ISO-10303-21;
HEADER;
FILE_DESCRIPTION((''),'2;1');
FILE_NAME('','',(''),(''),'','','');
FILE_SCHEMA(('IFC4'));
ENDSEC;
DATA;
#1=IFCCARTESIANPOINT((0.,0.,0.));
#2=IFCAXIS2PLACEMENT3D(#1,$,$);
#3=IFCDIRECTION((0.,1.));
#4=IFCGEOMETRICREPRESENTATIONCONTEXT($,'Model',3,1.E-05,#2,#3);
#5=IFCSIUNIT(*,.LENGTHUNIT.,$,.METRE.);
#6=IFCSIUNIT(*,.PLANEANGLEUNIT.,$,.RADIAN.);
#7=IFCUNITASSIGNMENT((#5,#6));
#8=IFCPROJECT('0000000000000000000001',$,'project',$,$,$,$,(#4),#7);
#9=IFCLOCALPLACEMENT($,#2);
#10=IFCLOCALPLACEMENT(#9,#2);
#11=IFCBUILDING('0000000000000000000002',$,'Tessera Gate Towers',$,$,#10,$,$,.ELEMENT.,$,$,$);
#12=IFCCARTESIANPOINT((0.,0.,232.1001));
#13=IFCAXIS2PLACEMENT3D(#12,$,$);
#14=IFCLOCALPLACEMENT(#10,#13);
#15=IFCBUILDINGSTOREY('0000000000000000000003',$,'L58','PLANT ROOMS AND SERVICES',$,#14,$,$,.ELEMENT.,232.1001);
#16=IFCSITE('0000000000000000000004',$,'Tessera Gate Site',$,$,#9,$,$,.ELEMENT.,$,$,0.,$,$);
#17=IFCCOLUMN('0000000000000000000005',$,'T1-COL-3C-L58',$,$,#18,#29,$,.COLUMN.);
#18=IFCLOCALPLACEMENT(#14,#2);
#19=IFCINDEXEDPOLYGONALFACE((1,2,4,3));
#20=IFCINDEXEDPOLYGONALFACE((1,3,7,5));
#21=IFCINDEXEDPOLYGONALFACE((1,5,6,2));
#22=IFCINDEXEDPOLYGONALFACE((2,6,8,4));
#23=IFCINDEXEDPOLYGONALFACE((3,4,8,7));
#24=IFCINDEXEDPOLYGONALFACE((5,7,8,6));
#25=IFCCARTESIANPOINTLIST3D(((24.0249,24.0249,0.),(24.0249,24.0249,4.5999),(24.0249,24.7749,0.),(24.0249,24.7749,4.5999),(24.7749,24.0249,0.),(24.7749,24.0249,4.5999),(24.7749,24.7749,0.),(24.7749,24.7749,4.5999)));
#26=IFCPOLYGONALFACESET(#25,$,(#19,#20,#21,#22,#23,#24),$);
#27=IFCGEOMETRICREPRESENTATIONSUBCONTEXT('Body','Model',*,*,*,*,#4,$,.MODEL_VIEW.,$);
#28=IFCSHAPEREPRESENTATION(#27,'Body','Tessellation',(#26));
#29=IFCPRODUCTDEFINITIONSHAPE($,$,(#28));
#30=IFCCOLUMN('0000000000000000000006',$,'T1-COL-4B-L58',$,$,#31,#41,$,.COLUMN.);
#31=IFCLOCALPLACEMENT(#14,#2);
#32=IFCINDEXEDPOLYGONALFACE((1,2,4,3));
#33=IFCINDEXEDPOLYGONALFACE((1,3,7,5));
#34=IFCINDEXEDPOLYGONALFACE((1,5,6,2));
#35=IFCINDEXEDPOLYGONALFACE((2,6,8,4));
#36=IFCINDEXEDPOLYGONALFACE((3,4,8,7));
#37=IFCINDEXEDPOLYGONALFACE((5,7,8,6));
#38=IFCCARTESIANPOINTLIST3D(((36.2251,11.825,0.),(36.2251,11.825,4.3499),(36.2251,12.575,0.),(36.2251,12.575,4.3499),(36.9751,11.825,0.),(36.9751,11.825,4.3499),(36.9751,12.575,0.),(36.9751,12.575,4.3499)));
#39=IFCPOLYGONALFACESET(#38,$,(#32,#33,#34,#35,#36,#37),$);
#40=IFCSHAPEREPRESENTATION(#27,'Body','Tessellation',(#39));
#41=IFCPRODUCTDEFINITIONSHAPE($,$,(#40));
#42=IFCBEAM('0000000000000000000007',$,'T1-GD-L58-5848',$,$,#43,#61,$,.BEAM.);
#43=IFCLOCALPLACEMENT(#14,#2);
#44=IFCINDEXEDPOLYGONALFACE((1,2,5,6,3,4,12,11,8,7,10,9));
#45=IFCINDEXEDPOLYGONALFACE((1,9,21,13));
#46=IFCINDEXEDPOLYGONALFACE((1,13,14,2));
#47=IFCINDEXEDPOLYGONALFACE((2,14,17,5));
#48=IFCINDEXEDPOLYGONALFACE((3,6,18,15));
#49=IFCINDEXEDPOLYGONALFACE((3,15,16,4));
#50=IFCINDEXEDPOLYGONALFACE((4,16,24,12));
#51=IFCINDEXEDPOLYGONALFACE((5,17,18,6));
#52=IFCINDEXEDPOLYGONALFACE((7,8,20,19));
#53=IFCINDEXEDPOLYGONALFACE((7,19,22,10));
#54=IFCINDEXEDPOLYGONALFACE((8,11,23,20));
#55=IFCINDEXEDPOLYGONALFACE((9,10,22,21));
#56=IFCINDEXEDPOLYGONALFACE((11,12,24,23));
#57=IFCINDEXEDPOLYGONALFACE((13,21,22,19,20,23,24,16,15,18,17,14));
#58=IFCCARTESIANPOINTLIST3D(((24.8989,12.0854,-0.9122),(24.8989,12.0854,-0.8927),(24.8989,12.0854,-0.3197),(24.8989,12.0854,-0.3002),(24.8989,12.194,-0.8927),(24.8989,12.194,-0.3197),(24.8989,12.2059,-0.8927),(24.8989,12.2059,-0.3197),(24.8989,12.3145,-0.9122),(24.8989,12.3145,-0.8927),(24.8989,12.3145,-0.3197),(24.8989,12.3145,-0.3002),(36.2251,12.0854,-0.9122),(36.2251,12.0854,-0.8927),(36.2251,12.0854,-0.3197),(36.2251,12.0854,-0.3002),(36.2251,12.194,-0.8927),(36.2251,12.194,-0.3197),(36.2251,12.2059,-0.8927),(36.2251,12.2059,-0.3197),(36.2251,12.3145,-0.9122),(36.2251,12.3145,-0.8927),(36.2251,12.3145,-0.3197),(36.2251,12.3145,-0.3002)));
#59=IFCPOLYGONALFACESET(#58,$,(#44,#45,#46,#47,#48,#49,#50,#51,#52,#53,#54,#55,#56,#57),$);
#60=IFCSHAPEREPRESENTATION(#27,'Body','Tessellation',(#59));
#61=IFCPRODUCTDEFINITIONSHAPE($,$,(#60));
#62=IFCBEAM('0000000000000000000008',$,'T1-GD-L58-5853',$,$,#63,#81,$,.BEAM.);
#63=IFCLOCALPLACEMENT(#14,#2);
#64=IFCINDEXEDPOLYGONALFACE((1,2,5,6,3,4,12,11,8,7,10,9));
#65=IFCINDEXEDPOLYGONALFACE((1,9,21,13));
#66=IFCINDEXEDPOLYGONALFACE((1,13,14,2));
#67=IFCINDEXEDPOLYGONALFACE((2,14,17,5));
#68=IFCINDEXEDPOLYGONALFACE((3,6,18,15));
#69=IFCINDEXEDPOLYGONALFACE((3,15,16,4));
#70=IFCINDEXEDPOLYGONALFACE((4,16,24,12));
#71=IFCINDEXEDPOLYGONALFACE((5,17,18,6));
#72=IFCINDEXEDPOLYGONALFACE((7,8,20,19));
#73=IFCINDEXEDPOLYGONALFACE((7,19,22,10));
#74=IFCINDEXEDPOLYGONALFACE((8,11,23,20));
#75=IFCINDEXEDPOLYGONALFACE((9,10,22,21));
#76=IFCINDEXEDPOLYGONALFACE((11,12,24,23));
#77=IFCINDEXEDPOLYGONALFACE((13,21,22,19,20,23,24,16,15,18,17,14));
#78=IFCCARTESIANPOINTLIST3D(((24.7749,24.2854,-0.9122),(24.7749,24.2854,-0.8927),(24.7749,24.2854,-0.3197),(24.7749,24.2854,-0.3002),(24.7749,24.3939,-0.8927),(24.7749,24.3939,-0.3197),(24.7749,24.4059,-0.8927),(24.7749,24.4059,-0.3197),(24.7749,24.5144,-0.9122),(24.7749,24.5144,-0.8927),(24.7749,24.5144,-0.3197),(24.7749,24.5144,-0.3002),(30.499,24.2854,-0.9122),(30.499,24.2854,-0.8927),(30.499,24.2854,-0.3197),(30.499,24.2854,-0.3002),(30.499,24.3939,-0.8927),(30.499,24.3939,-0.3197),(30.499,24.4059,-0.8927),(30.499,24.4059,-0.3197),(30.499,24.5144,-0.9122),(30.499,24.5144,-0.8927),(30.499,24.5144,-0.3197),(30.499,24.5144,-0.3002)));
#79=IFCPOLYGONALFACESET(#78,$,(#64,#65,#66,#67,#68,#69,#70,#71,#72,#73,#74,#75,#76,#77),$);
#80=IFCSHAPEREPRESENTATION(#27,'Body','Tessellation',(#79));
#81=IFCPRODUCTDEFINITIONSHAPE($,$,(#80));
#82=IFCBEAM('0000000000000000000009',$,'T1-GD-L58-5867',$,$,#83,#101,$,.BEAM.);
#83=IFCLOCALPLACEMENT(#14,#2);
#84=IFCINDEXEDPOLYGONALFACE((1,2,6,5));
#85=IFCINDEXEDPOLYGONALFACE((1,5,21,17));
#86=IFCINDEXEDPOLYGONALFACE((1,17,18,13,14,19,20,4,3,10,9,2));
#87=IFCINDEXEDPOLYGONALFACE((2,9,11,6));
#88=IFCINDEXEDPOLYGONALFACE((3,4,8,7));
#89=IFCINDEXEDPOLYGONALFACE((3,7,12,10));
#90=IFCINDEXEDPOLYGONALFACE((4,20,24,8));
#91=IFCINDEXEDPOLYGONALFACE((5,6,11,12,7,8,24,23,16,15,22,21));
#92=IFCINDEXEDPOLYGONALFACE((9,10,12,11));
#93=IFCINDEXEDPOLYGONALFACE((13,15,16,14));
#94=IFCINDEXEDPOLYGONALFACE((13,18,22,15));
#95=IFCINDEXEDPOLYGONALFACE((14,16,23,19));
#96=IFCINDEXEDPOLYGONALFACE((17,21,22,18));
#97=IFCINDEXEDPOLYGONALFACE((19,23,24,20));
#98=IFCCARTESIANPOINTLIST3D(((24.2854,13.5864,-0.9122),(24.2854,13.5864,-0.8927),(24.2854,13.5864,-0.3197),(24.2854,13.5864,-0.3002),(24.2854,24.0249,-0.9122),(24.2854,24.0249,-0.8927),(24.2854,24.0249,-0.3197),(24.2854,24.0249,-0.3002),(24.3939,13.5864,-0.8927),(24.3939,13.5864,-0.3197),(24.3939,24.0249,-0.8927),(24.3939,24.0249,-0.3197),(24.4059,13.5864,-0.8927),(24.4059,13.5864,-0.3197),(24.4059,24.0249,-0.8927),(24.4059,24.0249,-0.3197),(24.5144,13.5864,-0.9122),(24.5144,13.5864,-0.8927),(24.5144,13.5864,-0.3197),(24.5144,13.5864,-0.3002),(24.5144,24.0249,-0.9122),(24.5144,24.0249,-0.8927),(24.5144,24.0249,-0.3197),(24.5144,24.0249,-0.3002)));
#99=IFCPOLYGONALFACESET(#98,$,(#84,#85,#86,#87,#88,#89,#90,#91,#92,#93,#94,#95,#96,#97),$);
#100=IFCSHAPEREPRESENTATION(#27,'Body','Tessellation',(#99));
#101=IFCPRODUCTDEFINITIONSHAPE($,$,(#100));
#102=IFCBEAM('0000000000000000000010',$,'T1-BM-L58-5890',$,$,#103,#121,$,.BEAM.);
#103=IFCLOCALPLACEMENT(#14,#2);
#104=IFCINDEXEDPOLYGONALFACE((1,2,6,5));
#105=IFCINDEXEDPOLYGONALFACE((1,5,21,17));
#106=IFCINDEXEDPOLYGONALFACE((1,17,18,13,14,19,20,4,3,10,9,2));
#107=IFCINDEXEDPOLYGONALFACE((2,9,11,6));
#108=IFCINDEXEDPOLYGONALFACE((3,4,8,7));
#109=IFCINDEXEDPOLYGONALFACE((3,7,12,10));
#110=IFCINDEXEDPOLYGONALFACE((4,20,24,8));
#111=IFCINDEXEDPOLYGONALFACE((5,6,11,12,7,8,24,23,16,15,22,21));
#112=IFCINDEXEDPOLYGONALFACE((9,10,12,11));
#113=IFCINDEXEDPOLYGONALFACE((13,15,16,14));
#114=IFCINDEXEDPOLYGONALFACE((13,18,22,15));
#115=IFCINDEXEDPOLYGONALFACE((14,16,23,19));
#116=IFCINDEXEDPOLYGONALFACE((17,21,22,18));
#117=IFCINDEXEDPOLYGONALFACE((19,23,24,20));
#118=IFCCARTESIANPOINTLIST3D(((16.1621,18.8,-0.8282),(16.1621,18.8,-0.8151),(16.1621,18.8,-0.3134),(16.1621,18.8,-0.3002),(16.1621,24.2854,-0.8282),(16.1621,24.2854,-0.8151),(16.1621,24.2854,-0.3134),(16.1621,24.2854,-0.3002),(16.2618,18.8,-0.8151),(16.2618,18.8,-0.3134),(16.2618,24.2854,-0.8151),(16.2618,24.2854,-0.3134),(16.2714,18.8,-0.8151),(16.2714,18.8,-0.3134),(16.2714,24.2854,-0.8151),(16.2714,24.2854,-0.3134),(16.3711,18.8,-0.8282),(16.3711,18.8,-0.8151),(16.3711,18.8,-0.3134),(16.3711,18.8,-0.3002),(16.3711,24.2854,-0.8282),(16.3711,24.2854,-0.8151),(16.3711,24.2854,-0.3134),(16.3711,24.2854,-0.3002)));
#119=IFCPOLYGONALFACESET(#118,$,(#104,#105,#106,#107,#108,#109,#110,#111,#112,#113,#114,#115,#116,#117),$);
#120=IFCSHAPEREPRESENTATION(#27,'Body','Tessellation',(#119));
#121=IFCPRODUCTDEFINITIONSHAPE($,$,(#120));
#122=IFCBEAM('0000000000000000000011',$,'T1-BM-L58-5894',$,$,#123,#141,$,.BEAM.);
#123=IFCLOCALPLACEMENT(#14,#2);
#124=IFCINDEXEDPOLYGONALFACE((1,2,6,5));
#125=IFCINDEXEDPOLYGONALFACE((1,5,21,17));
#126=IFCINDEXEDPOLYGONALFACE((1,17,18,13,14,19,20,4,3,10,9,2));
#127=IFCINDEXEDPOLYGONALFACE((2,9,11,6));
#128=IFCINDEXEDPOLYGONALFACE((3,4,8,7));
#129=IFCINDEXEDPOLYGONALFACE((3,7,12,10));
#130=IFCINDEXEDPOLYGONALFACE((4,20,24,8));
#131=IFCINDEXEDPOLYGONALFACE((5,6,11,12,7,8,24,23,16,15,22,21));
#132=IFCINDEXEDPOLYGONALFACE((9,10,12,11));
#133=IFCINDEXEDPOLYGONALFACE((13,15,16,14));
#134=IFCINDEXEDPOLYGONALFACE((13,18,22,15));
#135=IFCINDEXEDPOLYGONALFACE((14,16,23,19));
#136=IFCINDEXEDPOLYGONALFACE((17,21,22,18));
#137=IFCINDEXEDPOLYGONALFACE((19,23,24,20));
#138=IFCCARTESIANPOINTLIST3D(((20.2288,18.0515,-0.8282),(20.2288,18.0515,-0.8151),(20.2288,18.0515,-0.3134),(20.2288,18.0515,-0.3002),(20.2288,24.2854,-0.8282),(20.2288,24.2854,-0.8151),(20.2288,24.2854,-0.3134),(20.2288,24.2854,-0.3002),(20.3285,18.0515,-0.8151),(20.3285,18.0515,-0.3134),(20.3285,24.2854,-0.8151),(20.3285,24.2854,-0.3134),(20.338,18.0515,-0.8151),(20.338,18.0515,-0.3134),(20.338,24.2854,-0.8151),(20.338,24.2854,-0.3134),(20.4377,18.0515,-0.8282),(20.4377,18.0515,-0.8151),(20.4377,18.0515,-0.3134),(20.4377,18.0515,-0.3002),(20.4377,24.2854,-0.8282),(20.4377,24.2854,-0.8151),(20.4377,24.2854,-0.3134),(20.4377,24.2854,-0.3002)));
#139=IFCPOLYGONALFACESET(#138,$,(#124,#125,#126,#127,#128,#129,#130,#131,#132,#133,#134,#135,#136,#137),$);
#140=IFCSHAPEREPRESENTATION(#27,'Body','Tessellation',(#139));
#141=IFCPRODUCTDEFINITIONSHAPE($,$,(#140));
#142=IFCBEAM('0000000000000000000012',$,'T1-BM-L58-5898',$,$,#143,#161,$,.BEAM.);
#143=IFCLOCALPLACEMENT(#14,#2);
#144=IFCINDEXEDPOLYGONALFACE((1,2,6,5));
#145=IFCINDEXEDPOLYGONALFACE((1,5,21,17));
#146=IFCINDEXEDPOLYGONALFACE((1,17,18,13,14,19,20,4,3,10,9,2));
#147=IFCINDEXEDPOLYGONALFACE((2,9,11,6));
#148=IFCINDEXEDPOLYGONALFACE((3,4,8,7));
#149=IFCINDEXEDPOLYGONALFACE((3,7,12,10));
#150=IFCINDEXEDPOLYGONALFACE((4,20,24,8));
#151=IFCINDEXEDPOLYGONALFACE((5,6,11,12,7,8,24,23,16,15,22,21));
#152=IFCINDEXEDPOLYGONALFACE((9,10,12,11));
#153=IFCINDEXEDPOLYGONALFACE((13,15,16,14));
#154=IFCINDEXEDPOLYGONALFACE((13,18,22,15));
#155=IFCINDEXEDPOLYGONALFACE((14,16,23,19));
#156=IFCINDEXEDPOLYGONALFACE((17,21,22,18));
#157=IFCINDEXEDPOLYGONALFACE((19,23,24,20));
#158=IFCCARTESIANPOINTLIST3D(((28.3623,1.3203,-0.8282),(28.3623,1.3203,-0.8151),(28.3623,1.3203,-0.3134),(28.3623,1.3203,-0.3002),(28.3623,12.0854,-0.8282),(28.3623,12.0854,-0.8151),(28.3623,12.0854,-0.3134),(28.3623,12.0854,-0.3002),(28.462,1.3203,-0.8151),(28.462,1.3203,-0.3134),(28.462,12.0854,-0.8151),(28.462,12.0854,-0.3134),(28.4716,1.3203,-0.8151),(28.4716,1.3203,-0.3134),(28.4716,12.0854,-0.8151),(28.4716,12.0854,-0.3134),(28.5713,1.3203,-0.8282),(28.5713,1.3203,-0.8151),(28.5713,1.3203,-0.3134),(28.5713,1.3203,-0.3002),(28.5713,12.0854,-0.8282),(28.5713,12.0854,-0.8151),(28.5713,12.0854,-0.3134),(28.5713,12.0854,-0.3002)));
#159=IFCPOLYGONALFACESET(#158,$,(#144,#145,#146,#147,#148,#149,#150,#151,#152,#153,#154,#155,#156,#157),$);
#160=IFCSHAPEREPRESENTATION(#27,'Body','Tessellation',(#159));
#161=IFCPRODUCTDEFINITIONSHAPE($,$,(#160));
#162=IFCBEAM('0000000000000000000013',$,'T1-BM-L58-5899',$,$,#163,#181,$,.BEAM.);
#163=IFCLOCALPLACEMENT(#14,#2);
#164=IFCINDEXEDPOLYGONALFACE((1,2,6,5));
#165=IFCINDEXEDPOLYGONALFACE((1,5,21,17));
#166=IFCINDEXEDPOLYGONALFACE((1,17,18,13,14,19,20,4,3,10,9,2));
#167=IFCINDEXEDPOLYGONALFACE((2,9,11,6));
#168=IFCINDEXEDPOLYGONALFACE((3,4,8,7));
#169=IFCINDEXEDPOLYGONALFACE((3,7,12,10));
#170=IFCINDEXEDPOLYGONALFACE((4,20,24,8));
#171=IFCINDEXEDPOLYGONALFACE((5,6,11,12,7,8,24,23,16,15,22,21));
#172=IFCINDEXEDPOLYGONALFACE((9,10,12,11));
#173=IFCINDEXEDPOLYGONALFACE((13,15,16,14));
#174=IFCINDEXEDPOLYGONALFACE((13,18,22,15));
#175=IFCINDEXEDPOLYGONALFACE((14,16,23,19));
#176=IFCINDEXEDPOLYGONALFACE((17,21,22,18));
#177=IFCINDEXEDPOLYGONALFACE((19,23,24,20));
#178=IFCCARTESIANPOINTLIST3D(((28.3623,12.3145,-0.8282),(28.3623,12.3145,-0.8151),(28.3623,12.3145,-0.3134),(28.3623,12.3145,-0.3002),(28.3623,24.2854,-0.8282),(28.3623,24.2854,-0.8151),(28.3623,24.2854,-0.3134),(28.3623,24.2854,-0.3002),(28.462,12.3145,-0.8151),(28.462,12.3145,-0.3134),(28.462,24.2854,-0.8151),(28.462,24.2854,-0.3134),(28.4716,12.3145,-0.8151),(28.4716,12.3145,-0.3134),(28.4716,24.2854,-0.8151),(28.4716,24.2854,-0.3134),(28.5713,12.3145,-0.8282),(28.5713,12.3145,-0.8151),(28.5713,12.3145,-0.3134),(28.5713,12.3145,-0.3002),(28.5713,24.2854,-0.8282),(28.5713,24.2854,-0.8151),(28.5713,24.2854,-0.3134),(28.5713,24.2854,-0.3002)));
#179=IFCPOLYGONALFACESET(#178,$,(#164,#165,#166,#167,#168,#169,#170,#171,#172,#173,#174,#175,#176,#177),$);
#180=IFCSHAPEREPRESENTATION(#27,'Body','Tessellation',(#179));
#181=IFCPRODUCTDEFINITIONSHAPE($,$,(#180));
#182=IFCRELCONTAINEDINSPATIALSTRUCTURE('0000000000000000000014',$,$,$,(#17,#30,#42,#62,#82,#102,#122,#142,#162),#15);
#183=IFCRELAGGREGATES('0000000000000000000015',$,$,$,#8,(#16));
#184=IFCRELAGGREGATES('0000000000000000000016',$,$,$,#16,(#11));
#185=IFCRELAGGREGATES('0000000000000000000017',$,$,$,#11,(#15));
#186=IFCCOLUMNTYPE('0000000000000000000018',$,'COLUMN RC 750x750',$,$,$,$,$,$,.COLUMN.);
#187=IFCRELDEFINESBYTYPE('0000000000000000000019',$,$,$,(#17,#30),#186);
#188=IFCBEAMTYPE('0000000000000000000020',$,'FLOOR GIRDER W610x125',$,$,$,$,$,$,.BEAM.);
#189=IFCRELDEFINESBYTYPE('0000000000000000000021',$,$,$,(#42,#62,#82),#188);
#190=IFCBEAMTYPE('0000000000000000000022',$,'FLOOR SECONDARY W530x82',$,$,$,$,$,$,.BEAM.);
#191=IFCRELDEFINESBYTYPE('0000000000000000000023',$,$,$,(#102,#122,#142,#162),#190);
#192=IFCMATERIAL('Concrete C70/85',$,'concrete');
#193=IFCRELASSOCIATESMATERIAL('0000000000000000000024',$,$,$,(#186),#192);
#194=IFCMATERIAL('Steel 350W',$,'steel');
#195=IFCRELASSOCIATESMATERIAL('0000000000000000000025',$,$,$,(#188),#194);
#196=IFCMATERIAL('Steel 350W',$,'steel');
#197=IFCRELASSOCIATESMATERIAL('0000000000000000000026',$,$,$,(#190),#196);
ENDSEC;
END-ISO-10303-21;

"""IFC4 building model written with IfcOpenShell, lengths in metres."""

from ifc_helpers import new_model, si_unit, direction, frame, origin, origin_2d, place, context, subcontext, project, spatial, rectangle, i_section, extrude, material, material_profile, profile_set, type_object, element, save


model = new_model("IFC4")

# Units and contexts
model_context = context("Model", 3, precision=1e-05, world=origin(), true_north=direction((0.0, 1.0)))
body_context = subcontext(model_context, "Body", "Model", "MODEL_VIEW")
ifc_project = project(units=[si_unit("LENGTHUNIT", "METRE"), si_unit("PLANEANGLEUNIT", "RADIAN")], contexts=[model_context])

# Site, building, storey
site_placement = place(None, origin())
site = spatial("IfcSite", under=ifc_project, at=site_placement, Name="Tessera Gate Site", CompositionType="ELEMENT", RefElevation=0.0)
building_placement = place(site_placement, origin())
building = spatial("IfcBuilding", under=site, at=building_placement, Name="Tessera Gate Towers", CompositionType="ELEMENT")
storey_placement = place(building_placement, frame((0.0, 0.0, 232.1001)))
storey = spatial("IfcBuildingStorey", under=building, at=storey_placement, Name="L58", Description="PLANT ROOMS AND SERVICES", CompositionType="ELEMENT", Elevation=232.1001)

# Columns
ifc_material_1 = material(Name="Concrete C70/85", Category="concrete")
ifc_material_profile_1 = material_profile(ifc_material_1, rectangle(XDim=0.75, YDim=0.75, at=origin_2d()), Name="RC 750x750")
ifc_profile_set_1 = profile_set([ifc_material_profile_1], Name="Concrete C70/85")
column_type = type_object("IfcColumnType", Name="COLUMN RC 750x750", PredefinedType="COLUMN", material=ifc_profile_set_1)
column_1_placement = place(storey_placement, frame((24.3999, 24.3999, 0.0), z_axis=(0.0, 0.0, 1.0), x_axis=(1.0, 0.0, 0.0)))
element("IfcColumn", 1, at=column_1_placement, inside=storey, type_object=column_type, Name="T1-COL-3C-L58", PredefinedType="COLUMN", context=body_context, shape_type="SweptSolid", body=[
    extrude(rectangle(XDim=0.75, YDim=0.75, at=origin_2d()), origin(), (0.0, 0.0, 1.0), 4.5999),
])
column_2_placement = place(storey_placement, frame((36.6001, 12.2, 0.0), z_axis=(0.0, 0.0, 1.0), x_axis=(1.0, 0.0, 0.0)))
element("IfcColumn", 2, at=column_2_placement, inside=storey, type_object=column_type, Name="T1-COL-4B-L58", PredefinedType="COLUMN", context=body_context, shape_type="SweptSolid", body=[
    extrude(rectangle(XDim=0.75, YDim=0.75, at=origin_2d()), origin(), (0.0, 0.0, 1.0), 4.3499),
])

# Beams
ifc_material_2 = material(Name="Steel 350W", Category="steel")
ifc_material_profile_2 = material_profile(ifc_material_2, i_section(OverallWidth=0.229, OverallDepth=0.6121, WebThickness=0.012, FlangeThickness=0.0195, at=origin_2d()), Name="W610x125")
ifc_profile_set_2 = profile_set([ifc_material_profile_2], Name="Steel 350W")
beam_type_1 = type_object("IfcBeamType", Name="FLOOR GIRDER W610x125", PredefinedType="BEAM", material=ifc_profile_set_2)
beam_1_placement = place(storey_placement, frame((24.8989, 12.2, -0.6062), z_axis=(1.0, 0.0, 0.0), x_axis=(0.0, 1.0, 0.0)))
element("IfcBeam", 3, at=beam_1_placement, inside=storey, type_object=beam_type_1, Name="T1-GD-L58-5848", PredefinedType="BEAM", context=body_context, shape_type="SweptSolid", body=[
    extrude(i_section(OverallWidth=0.229, OverallDepth=0.6121, WebThickness=0.012, FlangeThickness=0.0195, at=origin_2d()), origin(), (0.0, 0.0, 1.0), 11.3262),
])
beam_2_placement = place(storey_placement, frame((24.7749, 24.3999, -0.6062), z_axis=(1.0, 0.0, 0.0), x_axis=(0.0, 1.0, 0.0)))
element("IfcBeam", 4, at=beam_2_placement, inside=storey, type_object=beam_type_1, Name="T1-GD-L58-5853", PredefinedType="BEAM", context=body_context, shape_type="SweptSolid", body=[
    extrude(i_section(OverallWidth=0.229, OverallDepth=0.6121, WebThickness=0.012, FlangeThickness=0.0195, at=origin_2d()), origin(), (0.0, 0.0, 1.0), 5.7241),
])
beam_3_placement = place(storey_placement, frame((24.3999, 13.5864, -0.6062), z_axis=(0.0, 1.0, 0.0), x_axis=(-1.0, 0.0, 0.0)))
element("IfcBeam", 5, at=beam_3_placement, inside=storey, type_object=beam_type_1, Name="T1-GD-L58-5867", PredefinedType="BEAM", context=body_context, shape_type="SweptSolid", body=[
    extrude(i_section(OverallWidth=0.229, OverallDepth=0.6121, WebThickness=0.012, FlangeThickness=0.0195, at=origin_2d()), origin(), (0.0, 0.0, 1.0), 10.4385),
])
ifc_material_3 = material(Name="Steel 350W", Category="steel")
ifc_material_profile_3 = material_profile(ifc_material_3, i_section(OverallWidth=0.209, OverallDepth=0.5281, WebThickness=0.0095, FlangeThickness=0.0132, at=origin_2d()), Name="W530x82")
ifc_profile_set_3 = profile_set([ifc_material_profile_3], Name="Steel 350W")
beam_type_2 = type_object("IfcBeamType", Name="FLOOR SECONDARY W530x82", PredefinedType="BEAM", material=ifc_profile_set_3)
beam_4_placement = place(storey_placement, frame((16.2666, 18.8, -0.5642), z_axis=(0.0, 1.0, 0.0), x_axis=(-1.0, 0.0, 0.0)))
element("IfcBeam", 6, at=beam_4_placement, inside=storey, type_object=beam_type_2, Name="T1-BM-L58-5890", PredefinedType="BEAM", context=body_context, shape_type="SweptSolid", body=[
    extrude(i_section(OverallWidth=0.209, OverallDepth=0.5281, WebThickness=0.0095, FlangeThickness=0.0132, at=origin_2d()), origin(), (0.0, 0.0, 1.0), 5.4854),
])
beam_5_placement = place(storey_placement, frame((20.3333, 18.0515, -0.5642), z_axis=(0.0, 1.0, 0.0), x_axis=(-1.0, 0.0, 0.0)))
element("IfcBeam", 7, at=beam_5_placement, inside=storey, type_object=beam_type_2, Name="T1-BM-L58-5894", PredefinedType="BEAM", context=body_context, shape_type="SweptSolid", body=[
    extrude(i_section(OverallWidth=0.209, OverallDepth=0.5281, WebThickness=0.0095, FlangeThickness=0.0132, at=origin_2d()), origin(), (0.0, 0.0, 1.0), 6.2339),
])
beam_6_placement = place(storey_placement, frame((28.4668, 1.3203, -0.5642), z_axis=(0.0, 1.0, 0.0), x_axis=(-1.0, 0.0, 0.0)))
element("IfcBeam", 8, at=beam_6_placement, inside=storey, type_object=beam_type_2, Name="T1-BM-L58-5898", PredefinedType="BEAM", context=body_context, shape_type="SweptSolid", body=[
    extrude(i_section(OverallWidth=0.209, OverallDepth=0.5281, WebThickness=0.0095, FlangeThickness=0.0132, at=origin_2d()), origin(), (0.0, 0.0, 1.0), 10.7651),
])
beam_7_placement = place(storey_placement, frame((28.4668, 12.3145, -0.5642), z_axis=(0.0, 1.0, 0.0), x_axis=(-1.0, 0.0, 0.0)))
element("IfcBeam", 9, at=beam_7_placement, inside=storey, type_object=beam_type_2, Name="T1-BM-L58-5899", PredefinedType="BEAM", context=body_context, shape_type="SweptSolid", body=[
    extrude(i_section(OverallWidth=0.209, OverallDepth=0.5281, WebThickness=0.0095, FlangeThickness=0.0132, at=origin_2d()), origin(), (0.0, 0.0, 1.0), 11.9709),
])

save(model, "model.ifc")
